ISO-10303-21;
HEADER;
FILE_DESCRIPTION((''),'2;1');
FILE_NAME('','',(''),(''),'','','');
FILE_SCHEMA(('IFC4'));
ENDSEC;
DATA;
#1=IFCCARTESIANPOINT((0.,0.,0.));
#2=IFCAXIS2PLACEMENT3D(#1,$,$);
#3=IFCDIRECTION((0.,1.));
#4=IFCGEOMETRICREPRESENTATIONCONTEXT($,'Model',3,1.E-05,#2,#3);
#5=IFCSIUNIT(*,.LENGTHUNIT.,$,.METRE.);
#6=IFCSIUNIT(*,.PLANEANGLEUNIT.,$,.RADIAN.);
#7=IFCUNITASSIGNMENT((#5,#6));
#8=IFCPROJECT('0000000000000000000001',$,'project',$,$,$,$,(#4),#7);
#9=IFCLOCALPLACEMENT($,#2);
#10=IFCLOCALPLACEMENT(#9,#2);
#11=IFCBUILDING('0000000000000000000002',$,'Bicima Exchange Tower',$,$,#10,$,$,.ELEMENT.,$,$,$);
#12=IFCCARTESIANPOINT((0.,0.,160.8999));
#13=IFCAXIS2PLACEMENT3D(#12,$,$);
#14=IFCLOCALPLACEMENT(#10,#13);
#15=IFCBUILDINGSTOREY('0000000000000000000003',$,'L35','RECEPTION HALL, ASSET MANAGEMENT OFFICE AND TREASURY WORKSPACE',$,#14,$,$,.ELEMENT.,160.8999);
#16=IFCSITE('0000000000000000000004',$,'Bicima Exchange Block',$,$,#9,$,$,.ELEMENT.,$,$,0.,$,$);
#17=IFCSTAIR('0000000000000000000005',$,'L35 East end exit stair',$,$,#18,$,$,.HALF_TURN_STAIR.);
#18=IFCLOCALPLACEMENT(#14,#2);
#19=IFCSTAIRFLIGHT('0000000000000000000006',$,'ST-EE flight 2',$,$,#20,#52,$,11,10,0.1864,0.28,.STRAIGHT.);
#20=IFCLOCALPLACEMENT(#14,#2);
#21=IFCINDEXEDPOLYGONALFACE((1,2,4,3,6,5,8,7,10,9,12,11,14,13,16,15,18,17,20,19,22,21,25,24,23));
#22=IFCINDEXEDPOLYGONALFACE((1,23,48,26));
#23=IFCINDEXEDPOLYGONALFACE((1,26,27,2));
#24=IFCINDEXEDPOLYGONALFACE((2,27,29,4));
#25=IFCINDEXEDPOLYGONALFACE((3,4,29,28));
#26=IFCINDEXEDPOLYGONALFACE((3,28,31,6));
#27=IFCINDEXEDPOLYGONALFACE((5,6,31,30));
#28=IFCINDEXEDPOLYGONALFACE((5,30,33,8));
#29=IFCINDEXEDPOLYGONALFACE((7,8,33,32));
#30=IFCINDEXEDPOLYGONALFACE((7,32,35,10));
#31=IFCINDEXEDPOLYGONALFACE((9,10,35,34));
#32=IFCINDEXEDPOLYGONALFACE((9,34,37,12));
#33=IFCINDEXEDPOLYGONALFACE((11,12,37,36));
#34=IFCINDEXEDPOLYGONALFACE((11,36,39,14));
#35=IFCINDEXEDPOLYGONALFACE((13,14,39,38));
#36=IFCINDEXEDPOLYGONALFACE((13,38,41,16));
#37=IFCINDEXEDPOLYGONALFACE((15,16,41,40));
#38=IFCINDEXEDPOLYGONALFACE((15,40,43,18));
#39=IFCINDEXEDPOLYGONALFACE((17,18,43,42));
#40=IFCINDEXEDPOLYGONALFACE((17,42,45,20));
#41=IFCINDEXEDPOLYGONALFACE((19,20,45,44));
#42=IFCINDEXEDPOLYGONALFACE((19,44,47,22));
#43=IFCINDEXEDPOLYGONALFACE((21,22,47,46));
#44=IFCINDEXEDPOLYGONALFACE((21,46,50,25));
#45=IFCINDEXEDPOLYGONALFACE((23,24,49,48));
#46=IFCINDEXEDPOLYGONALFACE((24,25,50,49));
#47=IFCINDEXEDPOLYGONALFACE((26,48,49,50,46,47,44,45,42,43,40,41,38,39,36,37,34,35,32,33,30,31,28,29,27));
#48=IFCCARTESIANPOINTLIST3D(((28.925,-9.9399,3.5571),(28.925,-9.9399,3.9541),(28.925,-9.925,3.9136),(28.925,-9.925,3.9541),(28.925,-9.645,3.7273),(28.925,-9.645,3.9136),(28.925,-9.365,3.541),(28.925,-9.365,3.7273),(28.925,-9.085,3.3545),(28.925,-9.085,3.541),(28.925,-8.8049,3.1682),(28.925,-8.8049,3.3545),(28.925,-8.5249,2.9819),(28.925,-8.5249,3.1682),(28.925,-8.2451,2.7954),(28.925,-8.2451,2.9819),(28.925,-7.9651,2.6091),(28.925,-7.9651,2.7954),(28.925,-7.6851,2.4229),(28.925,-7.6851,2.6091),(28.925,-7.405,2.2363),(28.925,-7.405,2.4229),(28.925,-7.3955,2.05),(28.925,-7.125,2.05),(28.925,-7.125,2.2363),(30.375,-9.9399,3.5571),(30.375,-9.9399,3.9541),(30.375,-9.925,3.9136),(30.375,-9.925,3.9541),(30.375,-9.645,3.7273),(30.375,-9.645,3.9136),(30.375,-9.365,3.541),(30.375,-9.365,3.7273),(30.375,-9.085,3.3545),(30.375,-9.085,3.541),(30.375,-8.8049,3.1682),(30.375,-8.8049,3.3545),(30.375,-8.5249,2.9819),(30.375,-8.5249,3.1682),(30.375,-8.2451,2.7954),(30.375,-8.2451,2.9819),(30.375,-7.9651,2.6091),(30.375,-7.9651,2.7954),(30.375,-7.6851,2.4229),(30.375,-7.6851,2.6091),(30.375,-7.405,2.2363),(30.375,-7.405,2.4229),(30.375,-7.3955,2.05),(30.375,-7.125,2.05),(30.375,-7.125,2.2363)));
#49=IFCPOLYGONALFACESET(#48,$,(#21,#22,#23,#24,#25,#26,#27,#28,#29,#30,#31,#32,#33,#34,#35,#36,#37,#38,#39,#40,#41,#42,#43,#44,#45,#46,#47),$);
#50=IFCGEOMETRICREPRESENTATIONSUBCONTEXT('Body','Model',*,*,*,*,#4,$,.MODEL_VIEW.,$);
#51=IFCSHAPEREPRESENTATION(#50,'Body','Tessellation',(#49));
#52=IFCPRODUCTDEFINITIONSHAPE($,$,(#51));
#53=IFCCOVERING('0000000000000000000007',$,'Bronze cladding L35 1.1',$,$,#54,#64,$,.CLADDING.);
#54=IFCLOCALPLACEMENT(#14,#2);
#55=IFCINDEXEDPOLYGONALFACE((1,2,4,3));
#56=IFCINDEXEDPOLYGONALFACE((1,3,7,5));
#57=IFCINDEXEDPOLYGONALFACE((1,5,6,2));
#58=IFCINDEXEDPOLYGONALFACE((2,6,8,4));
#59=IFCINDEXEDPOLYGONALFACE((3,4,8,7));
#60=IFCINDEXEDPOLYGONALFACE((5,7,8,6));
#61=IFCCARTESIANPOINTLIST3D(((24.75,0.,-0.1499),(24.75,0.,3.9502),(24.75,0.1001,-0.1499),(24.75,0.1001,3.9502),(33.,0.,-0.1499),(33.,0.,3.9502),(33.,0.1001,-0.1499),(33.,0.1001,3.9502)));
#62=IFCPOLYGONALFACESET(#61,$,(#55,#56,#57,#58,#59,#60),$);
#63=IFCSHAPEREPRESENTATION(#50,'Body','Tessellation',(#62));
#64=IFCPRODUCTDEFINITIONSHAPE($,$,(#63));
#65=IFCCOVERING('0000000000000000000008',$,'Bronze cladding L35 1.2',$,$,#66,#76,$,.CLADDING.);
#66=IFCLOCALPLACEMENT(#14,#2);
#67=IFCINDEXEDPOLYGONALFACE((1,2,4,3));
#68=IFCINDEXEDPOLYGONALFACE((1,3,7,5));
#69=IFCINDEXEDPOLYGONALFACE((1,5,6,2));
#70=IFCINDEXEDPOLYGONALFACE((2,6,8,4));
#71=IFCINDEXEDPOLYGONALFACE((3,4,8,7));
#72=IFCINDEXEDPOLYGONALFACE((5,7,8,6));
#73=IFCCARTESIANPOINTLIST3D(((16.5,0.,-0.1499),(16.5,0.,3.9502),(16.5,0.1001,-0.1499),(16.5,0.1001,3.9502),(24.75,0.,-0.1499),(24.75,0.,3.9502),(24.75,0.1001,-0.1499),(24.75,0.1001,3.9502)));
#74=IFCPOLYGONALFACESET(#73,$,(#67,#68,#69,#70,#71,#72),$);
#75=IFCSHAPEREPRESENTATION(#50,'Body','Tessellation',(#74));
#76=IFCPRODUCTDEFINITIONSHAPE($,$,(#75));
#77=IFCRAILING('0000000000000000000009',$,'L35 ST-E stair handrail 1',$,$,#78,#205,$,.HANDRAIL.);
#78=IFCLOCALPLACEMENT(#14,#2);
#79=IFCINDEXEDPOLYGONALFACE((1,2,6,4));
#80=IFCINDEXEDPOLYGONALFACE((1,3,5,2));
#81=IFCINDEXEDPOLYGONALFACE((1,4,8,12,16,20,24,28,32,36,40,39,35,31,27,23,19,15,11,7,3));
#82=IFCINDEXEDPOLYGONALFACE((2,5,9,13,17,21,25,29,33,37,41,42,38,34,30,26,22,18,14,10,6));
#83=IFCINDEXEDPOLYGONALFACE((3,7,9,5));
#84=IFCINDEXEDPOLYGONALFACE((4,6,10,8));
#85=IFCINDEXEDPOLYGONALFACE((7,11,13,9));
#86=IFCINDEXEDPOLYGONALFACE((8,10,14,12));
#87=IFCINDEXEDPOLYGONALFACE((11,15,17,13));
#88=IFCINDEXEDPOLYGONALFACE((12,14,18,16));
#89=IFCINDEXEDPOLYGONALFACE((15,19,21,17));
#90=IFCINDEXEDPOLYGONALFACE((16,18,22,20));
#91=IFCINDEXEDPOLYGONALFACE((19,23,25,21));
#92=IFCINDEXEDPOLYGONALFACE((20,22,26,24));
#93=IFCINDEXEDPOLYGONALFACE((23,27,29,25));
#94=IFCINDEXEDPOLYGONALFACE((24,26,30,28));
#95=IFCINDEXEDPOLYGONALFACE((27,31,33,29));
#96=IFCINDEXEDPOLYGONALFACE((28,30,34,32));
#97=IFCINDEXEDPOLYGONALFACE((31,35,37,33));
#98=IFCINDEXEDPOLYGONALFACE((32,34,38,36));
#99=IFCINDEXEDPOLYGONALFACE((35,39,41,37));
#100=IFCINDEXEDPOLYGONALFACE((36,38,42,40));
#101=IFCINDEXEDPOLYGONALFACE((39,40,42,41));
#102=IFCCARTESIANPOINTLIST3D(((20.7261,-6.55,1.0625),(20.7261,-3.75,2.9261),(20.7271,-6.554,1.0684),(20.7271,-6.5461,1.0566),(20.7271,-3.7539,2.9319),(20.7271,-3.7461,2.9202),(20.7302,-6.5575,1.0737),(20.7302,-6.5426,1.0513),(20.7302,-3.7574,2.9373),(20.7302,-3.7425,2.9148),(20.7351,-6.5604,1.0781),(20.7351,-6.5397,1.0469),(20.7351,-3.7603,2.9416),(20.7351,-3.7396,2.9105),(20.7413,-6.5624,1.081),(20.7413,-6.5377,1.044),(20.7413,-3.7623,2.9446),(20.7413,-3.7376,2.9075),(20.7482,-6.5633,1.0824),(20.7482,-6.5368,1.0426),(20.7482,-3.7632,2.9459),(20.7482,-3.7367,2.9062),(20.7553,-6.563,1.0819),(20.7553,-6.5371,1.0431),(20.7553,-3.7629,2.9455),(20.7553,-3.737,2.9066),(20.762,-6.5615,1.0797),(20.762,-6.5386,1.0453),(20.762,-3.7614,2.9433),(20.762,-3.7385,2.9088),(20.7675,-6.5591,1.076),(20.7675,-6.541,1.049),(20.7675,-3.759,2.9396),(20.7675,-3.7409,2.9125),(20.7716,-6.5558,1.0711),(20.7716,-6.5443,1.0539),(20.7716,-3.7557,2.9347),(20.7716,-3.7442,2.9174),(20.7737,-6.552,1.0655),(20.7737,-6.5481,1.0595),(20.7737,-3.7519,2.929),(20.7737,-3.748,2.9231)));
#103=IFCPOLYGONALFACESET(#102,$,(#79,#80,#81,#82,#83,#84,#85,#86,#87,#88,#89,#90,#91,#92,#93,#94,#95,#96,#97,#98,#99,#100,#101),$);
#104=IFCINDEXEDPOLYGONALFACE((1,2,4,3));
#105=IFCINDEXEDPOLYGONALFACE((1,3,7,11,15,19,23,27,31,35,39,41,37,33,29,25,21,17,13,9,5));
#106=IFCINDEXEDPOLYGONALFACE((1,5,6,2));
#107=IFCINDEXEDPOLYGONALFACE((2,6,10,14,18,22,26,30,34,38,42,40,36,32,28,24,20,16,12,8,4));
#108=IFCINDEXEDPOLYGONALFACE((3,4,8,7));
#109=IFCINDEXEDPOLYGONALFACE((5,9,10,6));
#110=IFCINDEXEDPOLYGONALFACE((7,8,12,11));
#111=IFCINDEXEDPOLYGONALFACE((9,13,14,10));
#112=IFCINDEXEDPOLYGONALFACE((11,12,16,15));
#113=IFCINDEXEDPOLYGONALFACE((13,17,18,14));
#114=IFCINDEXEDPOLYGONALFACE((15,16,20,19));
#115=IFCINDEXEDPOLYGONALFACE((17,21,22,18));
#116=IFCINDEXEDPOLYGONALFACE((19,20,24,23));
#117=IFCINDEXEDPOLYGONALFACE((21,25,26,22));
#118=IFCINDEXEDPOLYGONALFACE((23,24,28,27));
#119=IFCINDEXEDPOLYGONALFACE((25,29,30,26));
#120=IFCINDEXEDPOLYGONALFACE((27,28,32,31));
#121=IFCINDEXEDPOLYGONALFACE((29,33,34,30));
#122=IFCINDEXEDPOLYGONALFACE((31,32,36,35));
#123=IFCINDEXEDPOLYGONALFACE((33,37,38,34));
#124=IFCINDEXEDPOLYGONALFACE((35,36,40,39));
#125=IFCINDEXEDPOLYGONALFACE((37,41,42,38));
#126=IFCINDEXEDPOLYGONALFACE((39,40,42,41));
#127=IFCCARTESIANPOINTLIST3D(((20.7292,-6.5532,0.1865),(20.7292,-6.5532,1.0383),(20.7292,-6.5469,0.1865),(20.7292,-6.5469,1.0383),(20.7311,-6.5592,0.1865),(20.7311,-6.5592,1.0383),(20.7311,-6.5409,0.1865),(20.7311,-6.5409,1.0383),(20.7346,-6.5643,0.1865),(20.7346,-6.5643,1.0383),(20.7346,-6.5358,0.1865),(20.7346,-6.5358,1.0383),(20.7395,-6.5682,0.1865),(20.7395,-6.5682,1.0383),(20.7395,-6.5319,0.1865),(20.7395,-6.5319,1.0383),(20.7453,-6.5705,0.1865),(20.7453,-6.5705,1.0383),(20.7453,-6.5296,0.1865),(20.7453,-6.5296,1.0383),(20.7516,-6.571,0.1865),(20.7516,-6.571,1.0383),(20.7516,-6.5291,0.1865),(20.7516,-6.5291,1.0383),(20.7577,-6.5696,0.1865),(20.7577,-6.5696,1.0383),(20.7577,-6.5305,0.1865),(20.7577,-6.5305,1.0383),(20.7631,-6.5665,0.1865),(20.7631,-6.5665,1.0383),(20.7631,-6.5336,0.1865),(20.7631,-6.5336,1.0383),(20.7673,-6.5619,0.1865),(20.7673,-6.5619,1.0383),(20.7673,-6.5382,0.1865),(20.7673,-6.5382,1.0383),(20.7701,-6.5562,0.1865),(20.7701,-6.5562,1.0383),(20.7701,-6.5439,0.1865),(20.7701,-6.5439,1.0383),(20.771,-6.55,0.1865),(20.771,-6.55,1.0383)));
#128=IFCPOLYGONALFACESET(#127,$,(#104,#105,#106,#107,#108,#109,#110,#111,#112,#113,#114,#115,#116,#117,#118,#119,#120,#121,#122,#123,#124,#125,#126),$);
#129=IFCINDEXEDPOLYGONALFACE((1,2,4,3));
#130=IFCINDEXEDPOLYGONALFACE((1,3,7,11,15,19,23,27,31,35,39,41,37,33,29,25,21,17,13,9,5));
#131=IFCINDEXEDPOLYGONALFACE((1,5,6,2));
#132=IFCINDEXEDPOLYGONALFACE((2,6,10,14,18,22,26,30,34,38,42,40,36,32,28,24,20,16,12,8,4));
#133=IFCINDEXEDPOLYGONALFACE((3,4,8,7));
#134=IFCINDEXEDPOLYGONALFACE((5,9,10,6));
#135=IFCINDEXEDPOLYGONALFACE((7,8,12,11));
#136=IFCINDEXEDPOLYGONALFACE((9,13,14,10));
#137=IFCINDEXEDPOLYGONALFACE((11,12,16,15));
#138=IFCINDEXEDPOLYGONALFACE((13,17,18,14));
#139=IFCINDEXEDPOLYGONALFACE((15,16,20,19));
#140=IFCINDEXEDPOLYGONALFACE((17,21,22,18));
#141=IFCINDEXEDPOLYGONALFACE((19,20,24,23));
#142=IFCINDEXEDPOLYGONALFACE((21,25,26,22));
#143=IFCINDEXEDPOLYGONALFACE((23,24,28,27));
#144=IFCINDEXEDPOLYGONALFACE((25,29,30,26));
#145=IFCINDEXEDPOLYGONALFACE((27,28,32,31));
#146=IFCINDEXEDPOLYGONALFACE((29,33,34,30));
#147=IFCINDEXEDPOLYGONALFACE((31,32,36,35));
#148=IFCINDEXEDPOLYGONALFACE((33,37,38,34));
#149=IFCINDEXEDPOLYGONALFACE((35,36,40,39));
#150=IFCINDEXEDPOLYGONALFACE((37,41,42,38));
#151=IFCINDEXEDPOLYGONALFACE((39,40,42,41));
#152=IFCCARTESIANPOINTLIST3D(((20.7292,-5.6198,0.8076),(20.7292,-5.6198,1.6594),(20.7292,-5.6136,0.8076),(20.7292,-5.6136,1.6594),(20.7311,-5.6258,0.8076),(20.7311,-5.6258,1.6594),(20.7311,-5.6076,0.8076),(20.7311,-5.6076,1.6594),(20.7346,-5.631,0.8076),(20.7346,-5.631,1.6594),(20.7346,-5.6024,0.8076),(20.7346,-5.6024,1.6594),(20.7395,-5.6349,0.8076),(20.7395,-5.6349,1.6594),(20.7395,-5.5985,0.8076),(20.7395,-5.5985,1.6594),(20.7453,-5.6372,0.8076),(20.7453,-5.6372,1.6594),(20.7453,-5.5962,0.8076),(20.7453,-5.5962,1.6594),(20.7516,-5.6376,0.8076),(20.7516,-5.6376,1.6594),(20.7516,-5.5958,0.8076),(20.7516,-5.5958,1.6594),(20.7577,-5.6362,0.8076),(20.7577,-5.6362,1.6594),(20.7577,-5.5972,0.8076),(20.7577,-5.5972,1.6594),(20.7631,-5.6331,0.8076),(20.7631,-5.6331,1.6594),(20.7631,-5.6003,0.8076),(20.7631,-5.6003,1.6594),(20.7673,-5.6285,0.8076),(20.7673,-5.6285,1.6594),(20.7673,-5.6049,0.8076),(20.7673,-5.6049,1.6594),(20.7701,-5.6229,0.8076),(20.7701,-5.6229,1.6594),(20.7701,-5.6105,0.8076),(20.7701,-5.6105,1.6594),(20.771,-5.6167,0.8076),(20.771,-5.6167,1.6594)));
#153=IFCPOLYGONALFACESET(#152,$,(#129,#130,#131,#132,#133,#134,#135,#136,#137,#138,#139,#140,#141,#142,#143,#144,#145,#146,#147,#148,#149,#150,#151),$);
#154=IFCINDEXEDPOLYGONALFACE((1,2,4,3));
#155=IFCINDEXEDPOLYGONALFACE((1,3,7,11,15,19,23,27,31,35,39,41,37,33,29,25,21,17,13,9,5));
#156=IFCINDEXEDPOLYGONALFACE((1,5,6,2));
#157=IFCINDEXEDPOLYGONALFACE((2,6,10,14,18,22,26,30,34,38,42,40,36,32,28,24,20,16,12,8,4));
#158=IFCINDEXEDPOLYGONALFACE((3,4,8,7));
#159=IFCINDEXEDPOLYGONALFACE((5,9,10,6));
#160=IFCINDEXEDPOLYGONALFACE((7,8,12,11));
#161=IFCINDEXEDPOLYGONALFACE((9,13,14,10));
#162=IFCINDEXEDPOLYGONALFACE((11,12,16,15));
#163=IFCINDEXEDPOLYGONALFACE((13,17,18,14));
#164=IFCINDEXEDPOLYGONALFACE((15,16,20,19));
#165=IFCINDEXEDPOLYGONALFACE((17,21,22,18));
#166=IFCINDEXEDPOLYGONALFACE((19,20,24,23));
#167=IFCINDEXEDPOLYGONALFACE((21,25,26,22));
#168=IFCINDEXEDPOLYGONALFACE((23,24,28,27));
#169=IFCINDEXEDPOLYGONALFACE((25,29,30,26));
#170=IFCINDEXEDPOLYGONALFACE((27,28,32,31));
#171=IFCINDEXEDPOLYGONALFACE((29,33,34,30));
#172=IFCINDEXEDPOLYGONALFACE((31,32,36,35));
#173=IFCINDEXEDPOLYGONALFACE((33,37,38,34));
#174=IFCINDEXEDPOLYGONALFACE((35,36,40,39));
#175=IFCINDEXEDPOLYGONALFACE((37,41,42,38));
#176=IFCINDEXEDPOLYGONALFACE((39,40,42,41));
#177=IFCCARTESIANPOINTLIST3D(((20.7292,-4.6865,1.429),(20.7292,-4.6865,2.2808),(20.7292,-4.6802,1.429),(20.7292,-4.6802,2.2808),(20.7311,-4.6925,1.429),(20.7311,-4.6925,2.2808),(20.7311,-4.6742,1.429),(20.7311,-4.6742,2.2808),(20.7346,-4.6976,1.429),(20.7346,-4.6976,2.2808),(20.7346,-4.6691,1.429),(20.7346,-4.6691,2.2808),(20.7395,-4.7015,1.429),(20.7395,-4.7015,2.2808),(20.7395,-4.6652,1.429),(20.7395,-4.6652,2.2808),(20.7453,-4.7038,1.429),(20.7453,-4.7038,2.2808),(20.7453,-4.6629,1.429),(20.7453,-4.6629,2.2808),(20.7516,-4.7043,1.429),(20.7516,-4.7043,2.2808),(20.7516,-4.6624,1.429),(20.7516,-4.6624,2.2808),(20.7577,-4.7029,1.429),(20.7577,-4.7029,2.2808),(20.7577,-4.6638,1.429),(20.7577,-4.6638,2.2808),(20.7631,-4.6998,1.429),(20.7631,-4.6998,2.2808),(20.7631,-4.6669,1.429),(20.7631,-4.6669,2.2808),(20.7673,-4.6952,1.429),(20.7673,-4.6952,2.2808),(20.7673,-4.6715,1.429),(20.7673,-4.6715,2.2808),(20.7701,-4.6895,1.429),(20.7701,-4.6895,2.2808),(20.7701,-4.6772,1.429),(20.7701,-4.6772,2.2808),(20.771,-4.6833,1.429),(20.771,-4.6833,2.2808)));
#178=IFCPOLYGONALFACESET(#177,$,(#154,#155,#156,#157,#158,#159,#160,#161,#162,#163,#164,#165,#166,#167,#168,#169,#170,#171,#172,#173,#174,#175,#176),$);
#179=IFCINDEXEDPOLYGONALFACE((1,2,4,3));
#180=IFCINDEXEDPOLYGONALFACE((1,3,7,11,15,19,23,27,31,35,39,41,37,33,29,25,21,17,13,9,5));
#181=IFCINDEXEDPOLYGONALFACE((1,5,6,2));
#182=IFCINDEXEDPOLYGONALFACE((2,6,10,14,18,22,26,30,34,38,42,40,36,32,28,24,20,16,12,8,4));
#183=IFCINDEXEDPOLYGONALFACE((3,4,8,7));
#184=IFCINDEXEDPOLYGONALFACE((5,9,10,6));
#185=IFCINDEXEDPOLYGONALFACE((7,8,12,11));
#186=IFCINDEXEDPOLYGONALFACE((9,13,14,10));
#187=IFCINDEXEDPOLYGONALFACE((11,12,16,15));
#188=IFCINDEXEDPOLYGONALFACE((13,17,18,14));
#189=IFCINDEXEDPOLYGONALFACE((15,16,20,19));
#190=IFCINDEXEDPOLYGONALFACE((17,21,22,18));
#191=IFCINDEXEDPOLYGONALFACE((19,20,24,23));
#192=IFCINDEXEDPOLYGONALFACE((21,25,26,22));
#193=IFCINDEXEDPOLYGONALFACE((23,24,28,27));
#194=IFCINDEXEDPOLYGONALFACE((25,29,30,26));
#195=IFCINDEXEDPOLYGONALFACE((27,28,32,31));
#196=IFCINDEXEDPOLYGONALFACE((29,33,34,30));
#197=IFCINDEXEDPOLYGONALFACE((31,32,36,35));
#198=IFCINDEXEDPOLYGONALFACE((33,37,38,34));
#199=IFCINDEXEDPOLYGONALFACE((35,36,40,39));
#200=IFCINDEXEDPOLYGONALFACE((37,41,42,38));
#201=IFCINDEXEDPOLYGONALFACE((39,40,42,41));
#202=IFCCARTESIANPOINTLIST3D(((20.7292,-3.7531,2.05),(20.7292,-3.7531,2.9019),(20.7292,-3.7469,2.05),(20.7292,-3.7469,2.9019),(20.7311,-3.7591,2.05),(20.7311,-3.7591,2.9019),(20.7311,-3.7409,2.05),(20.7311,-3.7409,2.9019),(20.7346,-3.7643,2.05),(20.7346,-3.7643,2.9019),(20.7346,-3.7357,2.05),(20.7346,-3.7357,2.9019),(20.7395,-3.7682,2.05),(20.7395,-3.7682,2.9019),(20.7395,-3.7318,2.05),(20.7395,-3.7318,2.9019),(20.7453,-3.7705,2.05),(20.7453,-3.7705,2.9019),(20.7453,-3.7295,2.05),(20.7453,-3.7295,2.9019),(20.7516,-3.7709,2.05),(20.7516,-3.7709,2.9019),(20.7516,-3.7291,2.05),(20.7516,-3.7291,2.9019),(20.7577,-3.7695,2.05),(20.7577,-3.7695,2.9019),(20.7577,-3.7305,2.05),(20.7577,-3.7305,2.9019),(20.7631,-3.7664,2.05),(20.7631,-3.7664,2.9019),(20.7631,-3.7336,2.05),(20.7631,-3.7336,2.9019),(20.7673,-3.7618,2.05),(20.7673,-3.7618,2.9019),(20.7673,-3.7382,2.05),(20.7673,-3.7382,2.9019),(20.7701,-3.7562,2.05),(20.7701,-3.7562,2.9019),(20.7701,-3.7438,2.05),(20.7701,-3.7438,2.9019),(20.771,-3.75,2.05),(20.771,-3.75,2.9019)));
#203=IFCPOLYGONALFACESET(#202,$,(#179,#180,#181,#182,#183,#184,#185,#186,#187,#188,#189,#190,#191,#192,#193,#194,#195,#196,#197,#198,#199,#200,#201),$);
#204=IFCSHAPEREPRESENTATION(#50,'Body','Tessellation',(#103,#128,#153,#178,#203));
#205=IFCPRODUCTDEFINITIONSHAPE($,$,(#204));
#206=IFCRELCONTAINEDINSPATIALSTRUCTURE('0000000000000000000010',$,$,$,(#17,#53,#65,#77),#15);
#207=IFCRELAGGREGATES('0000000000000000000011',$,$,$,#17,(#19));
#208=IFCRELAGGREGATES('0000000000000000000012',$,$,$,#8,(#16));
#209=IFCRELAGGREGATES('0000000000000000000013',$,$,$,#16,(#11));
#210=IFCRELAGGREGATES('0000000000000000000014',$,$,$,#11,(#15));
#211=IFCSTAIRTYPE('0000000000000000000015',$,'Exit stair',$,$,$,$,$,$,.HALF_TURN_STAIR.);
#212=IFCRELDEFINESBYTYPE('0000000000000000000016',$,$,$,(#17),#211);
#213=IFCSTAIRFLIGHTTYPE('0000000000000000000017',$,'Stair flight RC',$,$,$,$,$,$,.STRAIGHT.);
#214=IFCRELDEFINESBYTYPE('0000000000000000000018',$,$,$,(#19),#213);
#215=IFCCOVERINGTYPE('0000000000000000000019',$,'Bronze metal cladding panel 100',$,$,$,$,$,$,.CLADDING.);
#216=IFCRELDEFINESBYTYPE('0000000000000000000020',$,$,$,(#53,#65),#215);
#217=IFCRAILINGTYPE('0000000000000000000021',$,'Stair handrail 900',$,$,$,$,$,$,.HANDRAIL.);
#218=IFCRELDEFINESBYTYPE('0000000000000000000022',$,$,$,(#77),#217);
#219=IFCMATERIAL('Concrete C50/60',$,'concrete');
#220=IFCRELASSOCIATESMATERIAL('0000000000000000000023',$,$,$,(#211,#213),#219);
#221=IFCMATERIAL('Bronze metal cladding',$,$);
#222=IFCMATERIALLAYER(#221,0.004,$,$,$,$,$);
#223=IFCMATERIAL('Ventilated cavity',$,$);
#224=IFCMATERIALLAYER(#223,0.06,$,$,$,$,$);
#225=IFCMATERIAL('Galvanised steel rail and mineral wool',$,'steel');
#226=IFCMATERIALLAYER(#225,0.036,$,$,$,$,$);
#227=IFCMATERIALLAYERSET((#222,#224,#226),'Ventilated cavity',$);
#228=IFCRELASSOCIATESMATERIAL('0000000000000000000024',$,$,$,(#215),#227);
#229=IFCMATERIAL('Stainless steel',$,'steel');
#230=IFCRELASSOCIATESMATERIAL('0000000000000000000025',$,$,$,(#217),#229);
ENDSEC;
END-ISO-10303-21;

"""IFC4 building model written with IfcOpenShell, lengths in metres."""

from ifc_helpers import new_model, si_unit, direction, frame, origin, origin_2d, place, context, subcontext, project, spatial, polyline, rectangle, circle, outline, extrude, material, layer, layer_set, type_object, element, aggregate, save


model = new_model("IFC4")

# Units and contexts
model_context = context("Model", 3, precision=1e-05, world=origin(), true_north=direction((0.0, 1.0)))
body_context = subcontext(model_context, "Body", "Model", "MODEL_VIEW")
ifc_project = project(units=[si_unit("LENGTHUNIT", "METRE"), si_unit("PLANEANGLEUNIT", "RADIAN")], contexts=[model_context])

# Site, building, storey
site_placement = place(None, origin())
site = spatial("IfcSite", under=ifc_project, at=site_placement, Name="Bicima Exchange Block", CompositionType="ELEMENT", RefElevation=0.0)
building_placement = place(site_placement, origin())
building = spatial("IfcBuilding", under=site, at=building_placement, Name="Bicima Exchange Tower", CompositionType="ELEMENT")
storey_placement = place(building_placement, frame((0.0, 0.0, 160.8999)))
storey = spatial("IfcBuildingStorey", under=building, at=storey_placement, Name="L35", Description="RECEPTION HALL, ASSET MANAGEMENT OFFICE AND TREASURY WORKSPACE", CompositionType="ELEMENT", Elevation=160.8999)

# Shared definitions
ifc_material_1 = material(Name="Concrete C50/60", Category="concrete")

# Shared definitions
stair_type = type_object("IfcStairType", Name="Exit stair", PredefinedType="HALF_TURN_STAIR", material=ifc_material_1)
stair_flight_type = type_object("IfcStairFlightType", Name="Stair flight RC", PredefinedType="STRAIGHT", material=ifc_material_1)

# Stair, stair flight
stair_1_placement = place(storey_placement, origin())
stair_1 = element("IfcStair", 1, at=stair_1_placement, inside=storey, type_object=stair_type, Name="L35 East end exit stair", PredefinedType="HALF_TURN_STAIR")
stair_flight_1_placement = place(storey_placement, frame((29.6499, -7.125, 2.05), z_axis=(0.0, 0.0, 1.0), x_axis=(0.0, -1.0, 0.0)))
stair_flight_1 = element("IfcStairFlight", 2, at=stair_flight_1_placement, type_object=stair_flight_type, Name="ST-EE flight 2", NumberOfRisers=11, NumberOfTreads=10, PredefinedType="STRAIGHT", RiserHeight=0.1864, TreadLength=0.28, context=body_context, shape_type="SweptSolid", body=[
    extrude(outline(polyline([(0.0, 0.0), (0.0, 0.1863), (0.28, 0.1863), (0.28, 0.3728), (0.5601, 0.3728), (0.5601, 0.5591), (0.8401, 0.5591), (0.8401, 0.7454), (1.1201, 0.7454), (1.1201, 0.9319), (1.3999, 0.9319), (1.3999, 1.1182), (1.6799, 1.1182), (1.6799, 1.3044), (1.96, 1.3044), (1.96, 1.491), (2.24, 1.491), (2.24, 1.6772), (2.52, 1.6772), (2.52, 1.8635), (2.8, 1.8635), (2.8, 1.9041), (2.8149, 1.9041), (2.8149, 1.5071), (0.2705, 0.0), (0.0, 0.0)])), frame((0.0, 0.7251, 0.0), z_axis=(0.0, -1.0, 0.0), x_axis=(1.0, 0.0, 0.0)), (0.0, 0.0, 1.0), 1.45),
])
aggregate(stair_1, [stair_flight_1])

# Coverings
ifc_material_2 = material(Name="Bronze metal cladding")
ifc_layer_1 = layer(ifc_material_2, 0.004)
ifc_material_3 = material(Name="Ventilated cavity")
ifc_layer_2 = layer(ifc_material_3, 0.06)
ifc_material_4 = material(Name="Galvanised steel rail and mineral wool", Category="steel")
ifc_layer_3 = layer(ifc_material_4, 0.036)
ifc_layer_set_1 = layer_set([ifc_layer_1, ifc_layer_2, ifc_layer_3], Name="Ventilated cavity")
covering_type = type_object("IfcCoveringType", Name="Bronze metal cladding panel 100", PredefinedType="CLADDING", material=ifc_layer_set_1)
for number, where, z_axis, x_axis, name in (
    (3, (28.875, 0.05, -0.1499), (0.0, 0.0, 1.0), (-1.0, 0.0, 0.0), "Bronze cladding L35 1.1"),
    (4, (20.625, 0.05, -0.1499), (0.0, 0.0, 1.0), (-1.0, 0.0, 0.0), "Bronze cladding L35 1.2"),
):
    element("IfcCovering", number, at=place(storey_placement, frame(where, z_axis=z_axis, x_axis=x_axis)), inside=storey, type_object=covering_type, Name=name, PredefinedType="CLADDING", context=body_context, shape_type="SweptSolid", body=[
        extrude(rectangle(XDim=8.25, YDim=0.1001, at=origin_2d()), origin(), (0.0, 0.0, 1.0), 4.1001),
    ])

# Railing
ifc_material_5 = material(Name="Stainless steel", Category="steel")
railing_type_1 = type_object("IfcRailingType", Name="Stair handrail 900", PredefinedType="HANDRAIL", material=ifc_material_5)
railing_1_placement = place(storey_placement, frame((20.75, -6.55, 0.1865)))
element("IfcRailing", 5, at=railing_1_placement, inside=storey, type_object=railing_type_1, Name="L35 ST-E stair handrail 1", PredefinedType="HANDRAIL", context=body_context, shape_type="SweptSolid", body=[
    extrude(circle(Radius=0.0239, at=origin_2d()), frame((0.0, 0.0, 0.876), z_axis=(0.0, 0.832486, 0.554047), x_axis=(-1.0, 0.0, 0.0)), (0.0, 0.0, 1.0), 3.3635),
    extrude(circle(Radius=0.021, at=origin_2d()), origin(), (0.0, 0.0, 1.0), 0.8518),
    extrude(circle(Radius=0.021, at=origin_2d()), frame((0.0, 0.9333, 0.6211)), (0.0, 0.0, 1.0), 0.8518),
    extrude(circle(Radius=0.021, at=origin_2d()), frame((0.0, 1.8667, 1.2424)), (0.0, 0.0, 1.0), 0.8518),
    extrude(circle(Radius=0.021, at=origin_2d()), frame((0.0, 2.8, 1.8635)), (0.0, 0.0, 1.0), 0.8518),
])

save(model, "model.ifc")
